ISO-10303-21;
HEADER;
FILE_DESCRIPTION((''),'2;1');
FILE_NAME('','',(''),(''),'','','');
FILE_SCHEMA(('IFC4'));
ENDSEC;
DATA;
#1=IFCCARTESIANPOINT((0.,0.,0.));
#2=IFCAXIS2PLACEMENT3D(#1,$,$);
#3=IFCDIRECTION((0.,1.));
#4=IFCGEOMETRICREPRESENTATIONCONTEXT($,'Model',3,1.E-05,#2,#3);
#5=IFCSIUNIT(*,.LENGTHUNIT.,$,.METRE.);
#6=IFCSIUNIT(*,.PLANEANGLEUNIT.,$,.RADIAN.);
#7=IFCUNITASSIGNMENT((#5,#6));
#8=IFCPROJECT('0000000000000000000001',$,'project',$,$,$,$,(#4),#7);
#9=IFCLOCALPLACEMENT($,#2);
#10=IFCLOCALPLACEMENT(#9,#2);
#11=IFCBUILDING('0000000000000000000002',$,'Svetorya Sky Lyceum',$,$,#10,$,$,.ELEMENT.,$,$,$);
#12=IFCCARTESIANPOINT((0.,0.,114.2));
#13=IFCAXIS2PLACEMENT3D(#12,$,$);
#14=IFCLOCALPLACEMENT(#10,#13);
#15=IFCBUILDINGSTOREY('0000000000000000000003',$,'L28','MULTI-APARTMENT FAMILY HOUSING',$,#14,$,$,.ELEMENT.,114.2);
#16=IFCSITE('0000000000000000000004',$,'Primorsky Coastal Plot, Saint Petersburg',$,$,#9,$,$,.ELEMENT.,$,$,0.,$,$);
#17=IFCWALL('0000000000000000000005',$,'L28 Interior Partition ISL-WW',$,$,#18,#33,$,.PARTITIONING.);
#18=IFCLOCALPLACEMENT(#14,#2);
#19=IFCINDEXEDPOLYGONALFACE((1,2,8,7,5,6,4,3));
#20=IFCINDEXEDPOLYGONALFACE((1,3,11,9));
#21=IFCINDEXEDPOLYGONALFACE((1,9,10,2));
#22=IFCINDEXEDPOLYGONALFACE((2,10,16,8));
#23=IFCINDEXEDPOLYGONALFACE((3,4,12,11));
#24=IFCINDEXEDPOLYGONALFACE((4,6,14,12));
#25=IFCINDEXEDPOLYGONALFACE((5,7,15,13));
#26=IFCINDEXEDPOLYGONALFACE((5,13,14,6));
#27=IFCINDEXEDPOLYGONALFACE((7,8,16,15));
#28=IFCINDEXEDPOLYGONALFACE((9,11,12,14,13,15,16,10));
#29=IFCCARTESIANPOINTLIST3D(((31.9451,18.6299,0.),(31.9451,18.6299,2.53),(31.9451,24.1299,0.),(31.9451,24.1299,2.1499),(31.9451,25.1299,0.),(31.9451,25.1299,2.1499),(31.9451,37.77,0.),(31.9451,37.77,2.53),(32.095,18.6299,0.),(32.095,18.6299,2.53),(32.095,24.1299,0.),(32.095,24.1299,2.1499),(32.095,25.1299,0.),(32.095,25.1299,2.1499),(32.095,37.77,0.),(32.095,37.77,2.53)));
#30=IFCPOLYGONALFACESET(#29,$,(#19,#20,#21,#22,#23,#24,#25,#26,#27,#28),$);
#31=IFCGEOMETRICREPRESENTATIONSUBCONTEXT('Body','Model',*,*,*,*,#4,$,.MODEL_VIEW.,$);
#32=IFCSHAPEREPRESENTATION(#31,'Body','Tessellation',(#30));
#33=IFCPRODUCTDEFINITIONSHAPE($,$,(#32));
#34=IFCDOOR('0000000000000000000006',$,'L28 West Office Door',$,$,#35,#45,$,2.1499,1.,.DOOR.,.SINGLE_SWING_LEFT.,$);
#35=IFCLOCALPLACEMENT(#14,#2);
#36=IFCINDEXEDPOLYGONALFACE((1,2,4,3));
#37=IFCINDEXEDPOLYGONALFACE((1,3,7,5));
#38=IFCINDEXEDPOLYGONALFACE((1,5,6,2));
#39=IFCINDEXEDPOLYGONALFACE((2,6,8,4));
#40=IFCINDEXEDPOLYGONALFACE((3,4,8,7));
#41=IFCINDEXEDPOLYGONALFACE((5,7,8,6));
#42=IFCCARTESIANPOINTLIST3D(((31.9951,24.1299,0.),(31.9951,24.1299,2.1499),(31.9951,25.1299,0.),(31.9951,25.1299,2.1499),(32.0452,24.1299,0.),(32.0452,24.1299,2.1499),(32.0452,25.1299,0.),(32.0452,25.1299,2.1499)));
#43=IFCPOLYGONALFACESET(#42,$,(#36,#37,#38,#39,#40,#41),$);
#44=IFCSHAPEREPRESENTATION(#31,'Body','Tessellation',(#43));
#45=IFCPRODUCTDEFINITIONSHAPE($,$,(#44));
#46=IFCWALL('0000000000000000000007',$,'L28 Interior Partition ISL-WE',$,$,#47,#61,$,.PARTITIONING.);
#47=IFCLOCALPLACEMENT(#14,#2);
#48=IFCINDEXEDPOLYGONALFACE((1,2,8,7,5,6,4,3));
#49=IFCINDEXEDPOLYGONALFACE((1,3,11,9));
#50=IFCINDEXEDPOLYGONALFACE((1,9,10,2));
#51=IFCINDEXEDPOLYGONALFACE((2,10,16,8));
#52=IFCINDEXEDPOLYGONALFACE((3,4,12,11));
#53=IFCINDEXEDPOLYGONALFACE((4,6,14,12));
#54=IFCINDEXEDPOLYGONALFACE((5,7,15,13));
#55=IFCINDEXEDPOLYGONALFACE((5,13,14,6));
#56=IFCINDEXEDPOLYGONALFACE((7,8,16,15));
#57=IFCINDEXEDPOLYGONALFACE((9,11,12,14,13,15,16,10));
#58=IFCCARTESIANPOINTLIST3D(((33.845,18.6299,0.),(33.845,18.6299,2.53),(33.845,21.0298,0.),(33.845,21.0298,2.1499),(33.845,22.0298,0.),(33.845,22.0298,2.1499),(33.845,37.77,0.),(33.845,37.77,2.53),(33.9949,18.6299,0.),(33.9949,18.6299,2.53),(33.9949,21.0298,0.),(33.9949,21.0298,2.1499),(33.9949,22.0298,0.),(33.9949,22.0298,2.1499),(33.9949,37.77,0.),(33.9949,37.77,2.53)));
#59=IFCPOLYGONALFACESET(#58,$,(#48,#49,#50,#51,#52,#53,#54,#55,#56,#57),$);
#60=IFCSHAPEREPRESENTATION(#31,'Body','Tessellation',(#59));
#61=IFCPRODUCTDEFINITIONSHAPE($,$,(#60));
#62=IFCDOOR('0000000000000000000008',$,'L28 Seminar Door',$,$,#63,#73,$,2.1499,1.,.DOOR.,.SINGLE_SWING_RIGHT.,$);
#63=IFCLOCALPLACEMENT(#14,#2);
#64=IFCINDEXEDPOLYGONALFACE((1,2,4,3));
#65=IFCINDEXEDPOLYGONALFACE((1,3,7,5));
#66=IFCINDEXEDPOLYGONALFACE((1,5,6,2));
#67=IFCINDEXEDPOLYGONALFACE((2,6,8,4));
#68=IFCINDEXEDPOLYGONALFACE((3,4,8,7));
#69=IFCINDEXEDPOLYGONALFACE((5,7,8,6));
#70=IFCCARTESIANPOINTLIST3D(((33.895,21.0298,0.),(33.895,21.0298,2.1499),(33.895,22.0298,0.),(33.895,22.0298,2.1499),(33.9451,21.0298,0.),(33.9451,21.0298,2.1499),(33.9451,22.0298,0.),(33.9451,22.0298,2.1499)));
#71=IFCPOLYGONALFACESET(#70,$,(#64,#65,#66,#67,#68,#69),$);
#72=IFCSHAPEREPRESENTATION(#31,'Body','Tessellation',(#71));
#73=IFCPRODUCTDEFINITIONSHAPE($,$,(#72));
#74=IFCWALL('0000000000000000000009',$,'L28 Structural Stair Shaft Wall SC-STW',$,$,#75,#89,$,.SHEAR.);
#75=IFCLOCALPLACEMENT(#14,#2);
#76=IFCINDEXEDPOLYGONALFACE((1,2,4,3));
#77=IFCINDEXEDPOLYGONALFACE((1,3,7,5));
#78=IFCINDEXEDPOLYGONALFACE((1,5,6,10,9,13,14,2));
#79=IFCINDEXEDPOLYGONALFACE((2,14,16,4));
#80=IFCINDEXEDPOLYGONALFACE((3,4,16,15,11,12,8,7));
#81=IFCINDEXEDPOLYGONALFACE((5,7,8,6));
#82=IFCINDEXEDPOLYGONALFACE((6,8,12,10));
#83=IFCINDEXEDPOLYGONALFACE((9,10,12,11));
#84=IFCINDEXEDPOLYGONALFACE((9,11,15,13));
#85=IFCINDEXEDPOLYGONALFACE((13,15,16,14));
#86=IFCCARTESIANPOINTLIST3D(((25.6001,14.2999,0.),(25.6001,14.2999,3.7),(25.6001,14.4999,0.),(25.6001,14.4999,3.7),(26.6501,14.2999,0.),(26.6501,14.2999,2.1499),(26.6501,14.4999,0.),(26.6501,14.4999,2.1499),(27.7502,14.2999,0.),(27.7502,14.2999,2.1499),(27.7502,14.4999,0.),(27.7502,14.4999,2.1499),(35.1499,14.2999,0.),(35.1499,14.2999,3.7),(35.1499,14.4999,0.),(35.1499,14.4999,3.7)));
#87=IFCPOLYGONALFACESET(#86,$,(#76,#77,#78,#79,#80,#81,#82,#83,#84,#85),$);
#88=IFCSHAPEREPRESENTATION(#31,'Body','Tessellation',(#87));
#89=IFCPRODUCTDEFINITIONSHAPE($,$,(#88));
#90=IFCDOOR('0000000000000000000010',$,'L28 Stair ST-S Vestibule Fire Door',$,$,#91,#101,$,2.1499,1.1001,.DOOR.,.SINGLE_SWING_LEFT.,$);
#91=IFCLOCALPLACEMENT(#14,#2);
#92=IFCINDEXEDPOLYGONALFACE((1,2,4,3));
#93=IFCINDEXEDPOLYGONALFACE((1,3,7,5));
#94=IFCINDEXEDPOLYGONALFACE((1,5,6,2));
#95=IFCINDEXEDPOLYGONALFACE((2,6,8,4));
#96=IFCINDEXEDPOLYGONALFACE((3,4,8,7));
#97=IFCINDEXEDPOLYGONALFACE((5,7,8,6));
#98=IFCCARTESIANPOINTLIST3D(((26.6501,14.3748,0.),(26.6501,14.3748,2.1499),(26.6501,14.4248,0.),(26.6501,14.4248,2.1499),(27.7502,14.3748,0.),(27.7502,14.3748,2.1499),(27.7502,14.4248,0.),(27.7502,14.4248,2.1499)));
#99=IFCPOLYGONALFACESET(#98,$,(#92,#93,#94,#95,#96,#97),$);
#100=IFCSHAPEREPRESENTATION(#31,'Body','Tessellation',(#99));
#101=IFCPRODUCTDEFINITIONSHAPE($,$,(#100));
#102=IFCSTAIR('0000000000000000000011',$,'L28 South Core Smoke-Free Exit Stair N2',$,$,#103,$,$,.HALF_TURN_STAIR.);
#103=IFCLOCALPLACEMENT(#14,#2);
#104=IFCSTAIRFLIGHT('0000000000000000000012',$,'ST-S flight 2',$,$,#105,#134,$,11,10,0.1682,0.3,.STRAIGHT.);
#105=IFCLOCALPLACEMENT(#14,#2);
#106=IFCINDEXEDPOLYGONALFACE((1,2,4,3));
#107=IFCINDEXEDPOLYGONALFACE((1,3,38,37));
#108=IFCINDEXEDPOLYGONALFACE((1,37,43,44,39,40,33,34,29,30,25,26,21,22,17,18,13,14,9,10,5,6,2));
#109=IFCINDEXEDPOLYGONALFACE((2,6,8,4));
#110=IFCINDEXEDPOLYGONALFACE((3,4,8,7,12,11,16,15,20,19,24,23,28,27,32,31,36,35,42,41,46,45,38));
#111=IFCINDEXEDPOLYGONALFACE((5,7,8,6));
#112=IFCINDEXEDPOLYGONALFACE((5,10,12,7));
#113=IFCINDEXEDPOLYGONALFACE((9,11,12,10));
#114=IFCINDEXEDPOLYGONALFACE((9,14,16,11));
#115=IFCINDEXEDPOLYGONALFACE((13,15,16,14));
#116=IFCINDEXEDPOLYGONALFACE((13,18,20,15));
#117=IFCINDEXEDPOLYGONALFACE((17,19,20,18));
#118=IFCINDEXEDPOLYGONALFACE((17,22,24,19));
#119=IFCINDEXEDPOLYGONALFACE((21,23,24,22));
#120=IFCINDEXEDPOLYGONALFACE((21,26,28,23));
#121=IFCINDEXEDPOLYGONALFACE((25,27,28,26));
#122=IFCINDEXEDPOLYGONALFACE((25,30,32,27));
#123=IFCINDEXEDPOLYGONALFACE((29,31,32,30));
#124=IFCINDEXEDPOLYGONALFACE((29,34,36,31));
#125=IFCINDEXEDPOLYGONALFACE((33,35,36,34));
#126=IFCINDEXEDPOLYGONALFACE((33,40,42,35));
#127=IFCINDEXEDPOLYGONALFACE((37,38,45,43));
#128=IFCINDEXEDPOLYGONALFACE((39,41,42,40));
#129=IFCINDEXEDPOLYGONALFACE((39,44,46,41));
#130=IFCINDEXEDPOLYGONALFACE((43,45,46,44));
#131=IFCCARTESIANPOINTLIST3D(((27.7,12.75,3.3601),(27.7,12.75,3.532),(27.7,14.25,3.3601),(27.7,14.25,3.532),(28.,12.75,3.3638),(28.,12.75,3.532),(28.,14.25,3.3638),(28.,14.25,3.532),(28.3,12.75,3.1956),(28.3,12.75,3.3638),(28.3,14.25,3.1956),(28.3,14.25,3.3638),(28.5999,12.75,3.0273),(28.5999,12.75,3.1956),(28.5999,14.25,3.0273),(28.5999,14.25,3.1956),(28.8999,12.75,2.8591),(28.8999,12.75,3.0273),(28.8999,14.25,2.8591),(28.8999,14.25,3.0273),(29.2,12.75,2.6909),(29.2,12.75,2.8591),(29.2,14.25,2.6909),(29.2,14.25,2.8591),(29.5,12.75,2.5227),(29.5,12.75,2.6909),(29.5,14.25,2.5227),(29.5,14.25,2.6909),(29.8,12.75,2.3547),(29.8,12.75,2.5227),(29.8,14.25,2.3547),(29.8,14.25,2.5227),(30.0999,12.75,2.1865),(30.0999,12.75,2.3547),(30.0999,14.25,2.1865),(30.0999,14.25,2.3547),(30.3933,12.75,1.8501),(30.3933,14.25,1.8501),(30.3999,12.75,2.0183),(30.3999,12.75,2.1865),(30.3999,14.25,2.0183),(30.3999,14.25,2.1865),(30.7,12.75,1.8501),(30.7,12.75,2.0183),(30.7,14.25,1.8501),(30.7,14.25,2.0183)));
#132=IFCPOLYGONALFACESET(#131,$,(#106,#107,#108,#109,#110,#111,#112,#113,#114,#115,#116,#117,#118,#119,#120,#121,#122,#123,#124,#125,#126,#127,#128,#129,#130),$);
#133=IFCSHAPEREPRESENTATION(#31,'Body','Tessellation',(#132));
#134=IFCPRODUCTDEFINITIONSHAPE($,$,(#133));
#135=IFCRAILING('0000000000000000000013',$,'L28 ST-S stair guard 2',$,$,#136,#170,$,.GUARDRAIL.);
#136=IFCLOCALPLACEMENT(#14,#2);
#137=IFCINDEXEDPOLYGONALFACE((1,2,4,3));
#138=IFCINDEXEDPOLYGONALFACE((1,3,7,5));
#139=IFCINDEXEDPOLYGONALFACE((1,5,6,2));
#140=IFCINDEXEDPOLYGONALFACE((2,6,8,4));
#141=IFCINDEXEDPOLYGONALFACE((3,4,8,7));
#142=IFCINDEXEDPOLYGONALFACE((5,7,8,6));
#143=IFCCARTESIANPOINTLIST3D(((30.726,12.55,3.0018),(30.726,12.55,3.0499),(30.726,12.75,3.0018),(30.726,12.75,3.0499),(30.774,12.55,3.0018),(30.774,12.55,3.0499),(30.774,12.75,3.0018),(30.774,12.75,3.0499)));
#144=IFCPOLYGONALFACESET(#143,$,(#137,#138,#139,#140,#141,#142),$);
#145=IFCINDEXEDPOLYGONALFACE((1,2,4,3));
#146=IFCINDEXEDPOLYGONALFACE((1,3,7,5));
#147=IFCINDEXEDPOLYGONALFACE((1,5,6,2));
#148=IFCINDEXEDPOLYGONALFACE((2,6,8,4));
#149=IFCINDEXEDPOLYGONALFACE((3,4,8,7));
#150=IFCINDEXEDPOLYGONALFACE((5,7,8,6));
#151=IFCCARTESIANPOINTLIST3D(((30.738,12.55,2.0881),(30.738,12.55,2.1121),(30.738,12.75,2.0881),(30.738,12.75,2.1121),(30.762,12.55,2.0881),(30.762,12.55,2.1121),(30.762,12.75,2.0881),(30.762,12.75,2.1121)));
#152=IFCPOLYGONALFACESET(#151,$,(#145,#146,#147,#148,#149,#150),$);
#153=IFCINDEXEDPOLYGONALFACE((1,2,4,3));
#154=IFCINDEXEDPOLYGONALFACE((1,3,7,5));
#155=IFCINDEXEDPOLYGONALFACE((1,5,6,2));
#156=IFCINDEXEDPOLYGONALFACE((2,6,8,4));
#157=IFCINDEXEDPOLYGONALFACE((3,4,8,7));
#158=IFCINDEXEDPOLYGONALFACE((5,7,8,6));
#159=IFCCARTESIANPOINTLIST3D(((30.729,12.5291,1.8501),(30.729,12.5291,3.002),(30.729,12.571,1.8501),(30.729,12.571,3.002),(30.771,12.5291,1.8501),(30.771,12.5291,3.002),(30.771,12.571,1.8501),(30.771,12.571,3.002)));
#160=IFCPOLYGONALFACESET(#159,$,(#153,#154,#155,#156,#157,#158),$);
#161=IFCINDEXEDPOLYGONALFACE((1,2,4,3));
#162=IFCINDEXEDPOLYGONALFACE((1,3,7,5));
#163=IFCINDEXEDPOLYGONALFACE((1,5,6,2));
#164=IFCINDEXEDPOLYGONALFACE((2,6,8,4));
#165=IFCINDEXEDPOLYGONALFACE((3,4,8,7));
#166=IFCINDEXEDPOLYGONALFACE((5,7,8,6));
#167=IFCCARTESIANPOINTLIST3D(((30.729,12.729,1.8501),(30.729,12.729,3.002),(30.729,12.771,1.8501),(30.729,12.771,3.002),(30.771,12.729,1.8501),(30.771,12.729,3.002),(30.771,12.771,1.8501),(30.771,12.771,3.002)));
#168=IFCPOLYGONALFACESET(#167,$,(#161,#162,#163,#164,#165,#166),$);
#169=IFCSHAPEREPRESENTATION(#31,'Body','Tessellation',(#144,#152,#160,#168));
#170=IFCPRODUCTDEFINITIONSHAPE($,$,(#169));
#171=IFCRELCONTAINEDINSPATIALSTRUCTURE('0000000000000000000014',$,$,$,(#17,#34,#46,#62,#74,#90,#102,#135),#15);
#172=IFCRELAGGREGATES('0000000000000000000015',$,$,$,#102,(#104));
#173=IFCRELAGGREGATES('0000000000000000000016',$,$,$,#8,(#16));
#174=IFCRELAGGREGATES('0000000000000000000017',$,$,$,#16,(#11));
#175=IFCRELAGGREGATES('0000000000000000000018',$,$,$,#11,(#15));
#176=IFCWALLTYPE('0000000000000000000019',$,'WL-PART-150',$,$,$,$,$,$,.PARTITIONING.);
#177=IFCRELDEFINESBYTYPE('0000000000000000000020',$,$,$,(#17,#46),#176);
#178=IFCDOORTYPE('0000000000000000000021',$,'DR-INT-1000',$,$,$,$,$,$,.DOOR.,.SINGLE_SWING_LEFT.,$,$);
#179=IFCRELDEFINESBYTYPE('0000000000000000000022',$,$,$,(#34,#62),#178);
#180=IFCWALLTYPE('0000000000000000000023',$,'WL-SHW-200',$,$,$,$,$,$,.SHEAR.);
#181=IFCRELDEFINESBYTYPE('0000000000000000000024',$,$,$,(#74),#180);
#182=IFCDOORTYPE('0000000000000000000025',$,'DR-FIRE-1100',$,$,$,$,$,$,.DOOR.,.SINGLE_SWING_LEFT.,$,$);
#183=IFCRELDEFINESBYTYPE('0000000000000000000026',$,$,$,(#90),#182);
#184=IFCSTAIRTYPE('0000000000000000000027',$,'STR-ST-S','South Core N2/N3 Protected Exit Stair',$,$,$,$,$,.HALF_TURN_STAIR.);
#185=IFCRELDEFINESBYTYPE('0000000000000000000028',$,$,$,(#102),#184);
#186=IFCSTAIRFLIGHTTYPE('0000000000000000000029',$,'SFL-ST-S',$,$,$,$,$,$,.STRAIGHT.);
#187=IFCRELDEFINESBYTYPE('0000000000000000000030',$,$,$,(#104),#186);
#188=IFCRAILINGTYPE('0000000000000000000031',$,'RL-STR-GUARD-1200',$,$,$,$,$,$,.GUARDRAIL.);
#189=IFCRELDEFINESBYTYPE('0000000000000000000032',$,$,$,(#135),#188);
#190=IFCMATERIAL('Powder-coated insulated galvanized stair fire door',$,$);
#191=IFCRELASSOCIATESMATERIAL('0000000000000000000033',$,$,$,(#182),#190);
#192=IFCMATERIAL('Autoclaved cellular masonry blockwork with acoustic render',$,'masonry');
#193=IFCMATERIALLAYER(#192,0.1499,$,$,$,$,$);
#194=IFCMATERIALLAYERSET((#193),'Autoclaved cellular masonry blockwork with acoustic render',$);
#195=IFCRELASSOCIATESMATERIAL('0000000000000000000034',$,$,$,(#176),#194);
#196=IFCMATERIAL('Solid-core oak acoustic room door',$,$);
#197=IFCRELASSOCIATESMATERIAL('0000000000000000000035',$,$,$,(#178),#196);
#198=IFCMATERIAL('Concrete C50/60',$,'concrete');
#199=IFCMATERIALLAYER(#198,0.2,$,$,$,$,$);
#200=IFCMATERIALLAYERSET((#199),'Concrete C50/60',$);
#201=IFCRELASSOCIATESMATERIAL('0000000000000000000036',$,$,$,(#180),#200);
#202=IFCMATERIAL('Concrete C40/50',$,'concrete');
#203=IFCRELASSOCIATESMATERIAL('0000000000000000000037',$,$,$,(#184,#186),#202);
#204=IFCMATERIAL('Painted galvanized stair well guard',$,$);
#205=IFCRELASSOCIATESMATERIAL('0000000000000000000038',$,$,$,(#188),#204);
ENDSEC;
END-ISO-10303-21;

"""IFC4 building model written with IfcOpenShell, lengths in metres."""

from ifc_helpers import new_model, si_unit, direction, frame, frame_2d, origin, origin_2d, place, context, subcontext, project, spatial, polyline, rectangle, outline, extrude, material, layer, layer_set, type_object, element, fill, aggregate, save


model = new_model("IFC4")

# Units and contexts
model_context = context("Model", 3, precision=1e-05, world=origin(), true_north=direction((0.0, 1.0)))
body_context = subcontext(model_context, "Body", "Model", "MODEL_VIEW")
ifc_project = project(units=[si_unit("LENGTHUNIT", "METRE"), si_unit("PLANEANGLEUNIT", "RADIAN")], contexts=[model_context])

# Site, building, storey
site_placement = place(None, origin())
site = spatial("IfcSite", under=ifc_project, at=site_placement, Name="Primorsky Coastal Plot, Saint Petersburg", CompositionType="ELEMENT", RefElevation=0.0)
building_placement = place(site_placement, origin())
building = spatial("IfcBuilding", under=site, at=building_placement, Name="Svetorya Sky Lyceum", CompositionType="ELEMENT")
storey_placement = place(building_placement, frame((0.0, 0.0, 114.2)))
storey = spatial("IfcBuildingStorey", under=building, at=storey_placement, Name="L28", Description="MULTI-APARTMENT FAMILY HOUSING", CompositionType="ELEMENT", Elevation=114.2)

# Shared definitions
ifc_material_1 = material(Name="Concrete C50/60", Category="concrete")

# Shared definitions
ifc_material_2 = material(Name="Powder-coated insulated galvanized stair fire door")
door_type_1 = type_object("IfcDoorType", Name="DR-FIRE-1100", OperationType="SINGLE_SWING_LEFT", PredefinedType="DOOR", material=ifc_material_2)

# Shared definitions
ifc_material_3 = material(Name="Autoclaved cellular masonry blockwork with acoustic render", Category="masonry")
ifc_layer_1 = layer(ifc_material_3, 0.1499)
ifc_layer_set_1 = layer_set([ifc_layer_1], Name="Autoclaved cellular masonry blockwork with acoustic render")
wall_type_1 = type_object("IfcWallType", Name="WL-PART-150", PredefinedType="PARTITIONING", material=ifc_layer_set_1)

# Walls, openings, doors
wall_1_placement = place(storey_placement, frame((32.02, 18.6299, 0.0), z_axis=(0.0, 0.0, 1.0), x_axis=(0.0, 1.0, 0.0)))
wall_1 = element("IfcWall", 1, at=wall_1_placement, inside=storey, type_object=wall_type_1, Name="L28 Interior Partition ISL-WW", PredefinedType="PARTITIONING", context=body_context, shape_type="SweptSolid", body=[
    extrude(rectangle(XDim=19.1401, YDim=0.1499, at=frame_2d((9.5701, 0.0))), origin(), (0.0, 0.0, 1.0), 2.53),
])
opening_1_placement = place(wall_1_placement, frame((5.5, 0.0, 0.0)))
opening_1 = element("IfcOpeningElement", 2, at=opening_1_placement, cuts=wall_1, PredefinedType="OPENING", context=body_context, shape_type="SweptSolid", body=[
    extrude(rectangle(XDim=1.0, YDim=2.1499, at=frame_2d((0.5, 1.075))), frame((0.0, 0.085, 0.0), z_axis=(0.0, -1.0, 0.0), x_axis=(1.0, 0.0, 0.0)), (0.0, 0.0, 1.0), 0.1699),
])
ifc_material_4 = material(Name="Solid-core oak acoustic room door")
door_type_2 = type_object("IfcDoorType", Name="DR-INT-1000", OperationType="SINGLE_SWING_LEFT", PredefinedType="DOOR", material=ifc_material_4)
door_1_placement = place(opening_1_placement, origin())
door_1 = element("IfcDoor", 3, at=door_1_placement, inside=storey, type_object=door_type_2, Name="L28 West Office Door", OperationType="SINGLE_SWING_LEFT", OverallHeight=2.1499, OverallWidth=1.0, PredefinedType="DOOR", context=body_context, shape_type="SweptSolid", body=[
    extrude(rectangle(XDim=1.0, YDim=2.1499, at=frame_2d((0.5, 1.075))), frame((0.0, 0.0249, 0.0), z_axis=(0.0, -1.0, 0.0), x_axis=(1.0, 0.0, 0.0)), (0.0, 0.0, 1.0), 0.05),
])
fill(opening_1, door_1)
wall_2_placement = place(storey_placement, frame((33.9199, 18.6299, 0.0), z_axis=(0.0, 0.0, 1.0), x_axis=(0.0, 1.0, 0.0)))
wall_2 = element("IfcWall", 4, at=wall_2_placement, inside=storey, type_object=wall_type_1, Name="L28 Interior Partition ISL-WE", PredefinedType="PARTITIONING", context=body_context, shape_type="SweptSolid", body=[
    extrude(rectangle(XDim=19.1401, YDim=0.1499, at=frame_2d((9.5701, 0.0))), origin(), (0.0, 0.0, 1.0), 2.53),
])
opening_2_placement = place(wall_2_placement, frame((2.3999, 0.0, 0.0)))
opening_2 = element("IfcOpeningElement", 5, at=opening_2_placement, cuts=wall_2, PredefinedType="OPENING", context=body_context, shape_type="SweptSolid", body=[
    extrude(rectangle(XDim=1.0, YDim=2.1499, at=frame_2d((0.5, 1.075))), frame((0.0, 0.085, 0.0), z_axis=(0.0, -1.0, 0.0), x_axis=(1.0, 0.0, 0.0)), (0.0, 0.0, 1.0), 0.1699),
])
door_2_placement = place(opening_2_placement, origin())
door_2 = element("IfcDoor", 6, at=door_2_placement, inside=storey, type_object=door_type_2, Name="L28 Seminar Door", OperationType="SINGLE_SWING_RIGHT", OverallHeight=2.1499, OverallWidth=1.0, PredefinedType="DOOR", context=body_context, shape_type="SweptSolid", body=[
    extrude(rectangle(XDim=1.0, YDim=2.1499, at=frame_2d((0.5, 1.075))), frame((0.0, 0.0249, 0.0), z_axis=(0.0, -1.0, 0.0), x_axis=(1.0, 0.0, 0.0)), (0.0, 0.0, 1.0), 0.05),
])
fill(opening_2, door_2)
ifc_layer_2 = layer(ifc_material_1, 0.2)
ifc_layer_set_2 = layer_set([ifc_layer_2], Name="Concrete C50/60")
wall_type_2 = type_object("IfcWallType", Name="WL-SHW-200", PredefinedType="SHEAR", material=ifc_layer_set_2)
wall_3_placement = place(storey_placement, frame((25.6001, 14.3999, 0.0), z_axis=(0.0, 0.0, 1.0), x_axis=(1.0, 0.0, 0.0)))
wall_3 = element("IfcWall", 7, at=wall_3_placement, inside=storey, type_object=wall_type_2, Name="L28 Structural Stair Shaft Wall SC-STW", PredefinedType="SHEAR", context=body_context, shape_type="SweptSolid", body=[
    extrude(rectangle(XDim=9.5498, YDim=0.2, at=frame_2d((4.7749, 0.0))), origin(), (0.0, 0.0, 1.0), 3.7),
])
opening_3_placement = place(wall_3_placement, frame((1.05, 0.0, 0.0)))
opening_3 = element("IfcOpeningElement", 8, at=opening_3_placement, cuts=wall_3, PredefinedType="OPENING", context=body_context, shape_type="SweptSolid", body=[
    extrude(rectangle(XDim=1.1001, YDim=2.1499, at=frame_2d((0.55, 1.075))), frame((0.0, 0.1099, 0.0), z_axis=(0.0, -1.0, 0.0), x_axis=(1.0, 0.0, 0.0)), (0.0, 0.0, 1.0), 0.22),
])
door_3_placement = place(opening_3_placement, origin())
door_3 = element("IfcDoor", 9, at=door_3_placement, inside=storey, type_object=door_type_1, Name="L28 Stair ST-S Vestibule Fire Door", OperationType="SINGLE_SWING_LEFT", OverallHeight=2.1499, OverallWidth=1.1001, PredefinedType="DOOR", context=body_context, shape_type="SweptSolid", body=[
    extrude(rectangle(XDim=1.1001, YDim=2.1499, at=frame_2d((0.55, 1.075))), frame((0.0, 0.0249, 0.0), z_axis=(0.0, -1.0, 0.0), x_axis=(1.0, 0.0, 0.0)), (0.0, 0.0, 1.0), 0.05),
])
fill(opening_3, door_3)

# Stair, stair flight
ifc_material_5 = material(Name="Concrete C40/50", Category="concrete")
stair_type = type_object("IfcStairType", Name="STR-ST-S", Description="South Core N2/N3 Protected Exit Stair", PredefinedType="HALF_TURN_STAIR", material=ifc_material_5)
stair_placement = place(storey_placement, origin())
stair = element("IfcStair", 10, at=stair_placement, inside=storey, type_object=stair_type, Name="L28 South Core Smoke-Free Exit Stair N2", PredefinedType="HALF_TURN_STAIR")
stair_flight_type = type_object("IfcStairFlightType", Name="SFL-ST-S", PredefinedType="STRAIGHT", material=ifc_material_5)
stair_flight_placement = place(storey_placement, frame((30.7, 13.5, 1.8501), z_axis=(0.0, 0.0, 1.0), x_axis=(-1.0, 0.0, 0.0)))
stair_flight = element("IfcStairFlight", 11, at=stair_flight_placement, type_object=stair_flight_type, Name="ST-S flight 2", NumberOfRisers=11, NumberOfTreads=10, PredefinedType="STRAIGHT", RiserHeight=0.1682, TreadLength=0.3, context=body_context, shape_type="SweptSolid", body=[
    extrude(outline(polyline([(0.0, 0.0), (0.0, 0.1682), (0.3, 0.1682), (0.3, 0.3364), (0.6001, 0.3364), (0.6001, 0.5046), (0.8999, 0.5046), (0.8999, 0.6726), (1.2, 0.6726), (1.2, 0.8408), (1.5, 0.8408), (1.5, 1.009), (1.8, 1.009), (1.8, 1.1772), (2.1001, 1.1772), (2.1001, 1.3455), (2.3999, 1.3455), (2.3999, 1.5137), (2.7, 1.5137), (2.7, 1.6819), (3.0, 1.6819), (3.0, 1.8501), (3.0, 1.51), (0.3066, 0.0), (0.0, 0.0)])), frame((0.0, 0.75, 0.0), z_axis=(0.0, -1.0, 0.0), x_axis=(1.0, 0.0, 0.0)), (0.0, 0.0, 1.0), 1.5),
])
aggregate(stair, [stair_flight])

# Railing
ifc_material_6 = material(Name="Painted galvanized stair well guard")
railing_type_1 = type_object("IfcRailingType", Name="RL-STR-GUARD-1200", PredefinedType="GUARDRAIL", material=ifc_material_6)
railing_1_placement = place(storey_placement, frame((30.75, 12.55, 1.8501)))
element("IfcRailing", 12, at=railing_1_placement, inside=storey, type_object=railing_type_1, Name="L28 ST-S stair guard 2", PredefinedType="GUARDRAIL", context=body_context, shape_type="SweptSolid", body=[
    extrude(rectangle(XDim=0.0481, YDim=0.0481, at=origin_2d()), frame((0.0, 0.0, 1.1758), z_axis=(0.0, 1.0, 0.0), x_axis=(-1.0, 0.0, 0.0)), (0.0, 0.0, 1.0), 0.2),
    extrude(rectangle(XDim=0.0239, YDim=0.0239, at=origin_2d()), frame((0.0, 0.0, 0.25), z_axis=(0.0, 1.0, 0.0), x_axis=(-1.0, 0.0, 0.0)), (0.0, 0.0, 1.0), 0.2),
    extrude(rectangle(XDim=0.042, YDim=0.042, at=origin_2d()), origin(), (0.0, 0.0, 1.0), 1.1519),
    extrude(rectangle(XDim=0.042, YDim=0.042, at=origin_2d()), frame((0.0, 0.2, 0.0)), (0.0, 0.0, 1.0), 1.1519),
])

save(model, "model.ifc")
